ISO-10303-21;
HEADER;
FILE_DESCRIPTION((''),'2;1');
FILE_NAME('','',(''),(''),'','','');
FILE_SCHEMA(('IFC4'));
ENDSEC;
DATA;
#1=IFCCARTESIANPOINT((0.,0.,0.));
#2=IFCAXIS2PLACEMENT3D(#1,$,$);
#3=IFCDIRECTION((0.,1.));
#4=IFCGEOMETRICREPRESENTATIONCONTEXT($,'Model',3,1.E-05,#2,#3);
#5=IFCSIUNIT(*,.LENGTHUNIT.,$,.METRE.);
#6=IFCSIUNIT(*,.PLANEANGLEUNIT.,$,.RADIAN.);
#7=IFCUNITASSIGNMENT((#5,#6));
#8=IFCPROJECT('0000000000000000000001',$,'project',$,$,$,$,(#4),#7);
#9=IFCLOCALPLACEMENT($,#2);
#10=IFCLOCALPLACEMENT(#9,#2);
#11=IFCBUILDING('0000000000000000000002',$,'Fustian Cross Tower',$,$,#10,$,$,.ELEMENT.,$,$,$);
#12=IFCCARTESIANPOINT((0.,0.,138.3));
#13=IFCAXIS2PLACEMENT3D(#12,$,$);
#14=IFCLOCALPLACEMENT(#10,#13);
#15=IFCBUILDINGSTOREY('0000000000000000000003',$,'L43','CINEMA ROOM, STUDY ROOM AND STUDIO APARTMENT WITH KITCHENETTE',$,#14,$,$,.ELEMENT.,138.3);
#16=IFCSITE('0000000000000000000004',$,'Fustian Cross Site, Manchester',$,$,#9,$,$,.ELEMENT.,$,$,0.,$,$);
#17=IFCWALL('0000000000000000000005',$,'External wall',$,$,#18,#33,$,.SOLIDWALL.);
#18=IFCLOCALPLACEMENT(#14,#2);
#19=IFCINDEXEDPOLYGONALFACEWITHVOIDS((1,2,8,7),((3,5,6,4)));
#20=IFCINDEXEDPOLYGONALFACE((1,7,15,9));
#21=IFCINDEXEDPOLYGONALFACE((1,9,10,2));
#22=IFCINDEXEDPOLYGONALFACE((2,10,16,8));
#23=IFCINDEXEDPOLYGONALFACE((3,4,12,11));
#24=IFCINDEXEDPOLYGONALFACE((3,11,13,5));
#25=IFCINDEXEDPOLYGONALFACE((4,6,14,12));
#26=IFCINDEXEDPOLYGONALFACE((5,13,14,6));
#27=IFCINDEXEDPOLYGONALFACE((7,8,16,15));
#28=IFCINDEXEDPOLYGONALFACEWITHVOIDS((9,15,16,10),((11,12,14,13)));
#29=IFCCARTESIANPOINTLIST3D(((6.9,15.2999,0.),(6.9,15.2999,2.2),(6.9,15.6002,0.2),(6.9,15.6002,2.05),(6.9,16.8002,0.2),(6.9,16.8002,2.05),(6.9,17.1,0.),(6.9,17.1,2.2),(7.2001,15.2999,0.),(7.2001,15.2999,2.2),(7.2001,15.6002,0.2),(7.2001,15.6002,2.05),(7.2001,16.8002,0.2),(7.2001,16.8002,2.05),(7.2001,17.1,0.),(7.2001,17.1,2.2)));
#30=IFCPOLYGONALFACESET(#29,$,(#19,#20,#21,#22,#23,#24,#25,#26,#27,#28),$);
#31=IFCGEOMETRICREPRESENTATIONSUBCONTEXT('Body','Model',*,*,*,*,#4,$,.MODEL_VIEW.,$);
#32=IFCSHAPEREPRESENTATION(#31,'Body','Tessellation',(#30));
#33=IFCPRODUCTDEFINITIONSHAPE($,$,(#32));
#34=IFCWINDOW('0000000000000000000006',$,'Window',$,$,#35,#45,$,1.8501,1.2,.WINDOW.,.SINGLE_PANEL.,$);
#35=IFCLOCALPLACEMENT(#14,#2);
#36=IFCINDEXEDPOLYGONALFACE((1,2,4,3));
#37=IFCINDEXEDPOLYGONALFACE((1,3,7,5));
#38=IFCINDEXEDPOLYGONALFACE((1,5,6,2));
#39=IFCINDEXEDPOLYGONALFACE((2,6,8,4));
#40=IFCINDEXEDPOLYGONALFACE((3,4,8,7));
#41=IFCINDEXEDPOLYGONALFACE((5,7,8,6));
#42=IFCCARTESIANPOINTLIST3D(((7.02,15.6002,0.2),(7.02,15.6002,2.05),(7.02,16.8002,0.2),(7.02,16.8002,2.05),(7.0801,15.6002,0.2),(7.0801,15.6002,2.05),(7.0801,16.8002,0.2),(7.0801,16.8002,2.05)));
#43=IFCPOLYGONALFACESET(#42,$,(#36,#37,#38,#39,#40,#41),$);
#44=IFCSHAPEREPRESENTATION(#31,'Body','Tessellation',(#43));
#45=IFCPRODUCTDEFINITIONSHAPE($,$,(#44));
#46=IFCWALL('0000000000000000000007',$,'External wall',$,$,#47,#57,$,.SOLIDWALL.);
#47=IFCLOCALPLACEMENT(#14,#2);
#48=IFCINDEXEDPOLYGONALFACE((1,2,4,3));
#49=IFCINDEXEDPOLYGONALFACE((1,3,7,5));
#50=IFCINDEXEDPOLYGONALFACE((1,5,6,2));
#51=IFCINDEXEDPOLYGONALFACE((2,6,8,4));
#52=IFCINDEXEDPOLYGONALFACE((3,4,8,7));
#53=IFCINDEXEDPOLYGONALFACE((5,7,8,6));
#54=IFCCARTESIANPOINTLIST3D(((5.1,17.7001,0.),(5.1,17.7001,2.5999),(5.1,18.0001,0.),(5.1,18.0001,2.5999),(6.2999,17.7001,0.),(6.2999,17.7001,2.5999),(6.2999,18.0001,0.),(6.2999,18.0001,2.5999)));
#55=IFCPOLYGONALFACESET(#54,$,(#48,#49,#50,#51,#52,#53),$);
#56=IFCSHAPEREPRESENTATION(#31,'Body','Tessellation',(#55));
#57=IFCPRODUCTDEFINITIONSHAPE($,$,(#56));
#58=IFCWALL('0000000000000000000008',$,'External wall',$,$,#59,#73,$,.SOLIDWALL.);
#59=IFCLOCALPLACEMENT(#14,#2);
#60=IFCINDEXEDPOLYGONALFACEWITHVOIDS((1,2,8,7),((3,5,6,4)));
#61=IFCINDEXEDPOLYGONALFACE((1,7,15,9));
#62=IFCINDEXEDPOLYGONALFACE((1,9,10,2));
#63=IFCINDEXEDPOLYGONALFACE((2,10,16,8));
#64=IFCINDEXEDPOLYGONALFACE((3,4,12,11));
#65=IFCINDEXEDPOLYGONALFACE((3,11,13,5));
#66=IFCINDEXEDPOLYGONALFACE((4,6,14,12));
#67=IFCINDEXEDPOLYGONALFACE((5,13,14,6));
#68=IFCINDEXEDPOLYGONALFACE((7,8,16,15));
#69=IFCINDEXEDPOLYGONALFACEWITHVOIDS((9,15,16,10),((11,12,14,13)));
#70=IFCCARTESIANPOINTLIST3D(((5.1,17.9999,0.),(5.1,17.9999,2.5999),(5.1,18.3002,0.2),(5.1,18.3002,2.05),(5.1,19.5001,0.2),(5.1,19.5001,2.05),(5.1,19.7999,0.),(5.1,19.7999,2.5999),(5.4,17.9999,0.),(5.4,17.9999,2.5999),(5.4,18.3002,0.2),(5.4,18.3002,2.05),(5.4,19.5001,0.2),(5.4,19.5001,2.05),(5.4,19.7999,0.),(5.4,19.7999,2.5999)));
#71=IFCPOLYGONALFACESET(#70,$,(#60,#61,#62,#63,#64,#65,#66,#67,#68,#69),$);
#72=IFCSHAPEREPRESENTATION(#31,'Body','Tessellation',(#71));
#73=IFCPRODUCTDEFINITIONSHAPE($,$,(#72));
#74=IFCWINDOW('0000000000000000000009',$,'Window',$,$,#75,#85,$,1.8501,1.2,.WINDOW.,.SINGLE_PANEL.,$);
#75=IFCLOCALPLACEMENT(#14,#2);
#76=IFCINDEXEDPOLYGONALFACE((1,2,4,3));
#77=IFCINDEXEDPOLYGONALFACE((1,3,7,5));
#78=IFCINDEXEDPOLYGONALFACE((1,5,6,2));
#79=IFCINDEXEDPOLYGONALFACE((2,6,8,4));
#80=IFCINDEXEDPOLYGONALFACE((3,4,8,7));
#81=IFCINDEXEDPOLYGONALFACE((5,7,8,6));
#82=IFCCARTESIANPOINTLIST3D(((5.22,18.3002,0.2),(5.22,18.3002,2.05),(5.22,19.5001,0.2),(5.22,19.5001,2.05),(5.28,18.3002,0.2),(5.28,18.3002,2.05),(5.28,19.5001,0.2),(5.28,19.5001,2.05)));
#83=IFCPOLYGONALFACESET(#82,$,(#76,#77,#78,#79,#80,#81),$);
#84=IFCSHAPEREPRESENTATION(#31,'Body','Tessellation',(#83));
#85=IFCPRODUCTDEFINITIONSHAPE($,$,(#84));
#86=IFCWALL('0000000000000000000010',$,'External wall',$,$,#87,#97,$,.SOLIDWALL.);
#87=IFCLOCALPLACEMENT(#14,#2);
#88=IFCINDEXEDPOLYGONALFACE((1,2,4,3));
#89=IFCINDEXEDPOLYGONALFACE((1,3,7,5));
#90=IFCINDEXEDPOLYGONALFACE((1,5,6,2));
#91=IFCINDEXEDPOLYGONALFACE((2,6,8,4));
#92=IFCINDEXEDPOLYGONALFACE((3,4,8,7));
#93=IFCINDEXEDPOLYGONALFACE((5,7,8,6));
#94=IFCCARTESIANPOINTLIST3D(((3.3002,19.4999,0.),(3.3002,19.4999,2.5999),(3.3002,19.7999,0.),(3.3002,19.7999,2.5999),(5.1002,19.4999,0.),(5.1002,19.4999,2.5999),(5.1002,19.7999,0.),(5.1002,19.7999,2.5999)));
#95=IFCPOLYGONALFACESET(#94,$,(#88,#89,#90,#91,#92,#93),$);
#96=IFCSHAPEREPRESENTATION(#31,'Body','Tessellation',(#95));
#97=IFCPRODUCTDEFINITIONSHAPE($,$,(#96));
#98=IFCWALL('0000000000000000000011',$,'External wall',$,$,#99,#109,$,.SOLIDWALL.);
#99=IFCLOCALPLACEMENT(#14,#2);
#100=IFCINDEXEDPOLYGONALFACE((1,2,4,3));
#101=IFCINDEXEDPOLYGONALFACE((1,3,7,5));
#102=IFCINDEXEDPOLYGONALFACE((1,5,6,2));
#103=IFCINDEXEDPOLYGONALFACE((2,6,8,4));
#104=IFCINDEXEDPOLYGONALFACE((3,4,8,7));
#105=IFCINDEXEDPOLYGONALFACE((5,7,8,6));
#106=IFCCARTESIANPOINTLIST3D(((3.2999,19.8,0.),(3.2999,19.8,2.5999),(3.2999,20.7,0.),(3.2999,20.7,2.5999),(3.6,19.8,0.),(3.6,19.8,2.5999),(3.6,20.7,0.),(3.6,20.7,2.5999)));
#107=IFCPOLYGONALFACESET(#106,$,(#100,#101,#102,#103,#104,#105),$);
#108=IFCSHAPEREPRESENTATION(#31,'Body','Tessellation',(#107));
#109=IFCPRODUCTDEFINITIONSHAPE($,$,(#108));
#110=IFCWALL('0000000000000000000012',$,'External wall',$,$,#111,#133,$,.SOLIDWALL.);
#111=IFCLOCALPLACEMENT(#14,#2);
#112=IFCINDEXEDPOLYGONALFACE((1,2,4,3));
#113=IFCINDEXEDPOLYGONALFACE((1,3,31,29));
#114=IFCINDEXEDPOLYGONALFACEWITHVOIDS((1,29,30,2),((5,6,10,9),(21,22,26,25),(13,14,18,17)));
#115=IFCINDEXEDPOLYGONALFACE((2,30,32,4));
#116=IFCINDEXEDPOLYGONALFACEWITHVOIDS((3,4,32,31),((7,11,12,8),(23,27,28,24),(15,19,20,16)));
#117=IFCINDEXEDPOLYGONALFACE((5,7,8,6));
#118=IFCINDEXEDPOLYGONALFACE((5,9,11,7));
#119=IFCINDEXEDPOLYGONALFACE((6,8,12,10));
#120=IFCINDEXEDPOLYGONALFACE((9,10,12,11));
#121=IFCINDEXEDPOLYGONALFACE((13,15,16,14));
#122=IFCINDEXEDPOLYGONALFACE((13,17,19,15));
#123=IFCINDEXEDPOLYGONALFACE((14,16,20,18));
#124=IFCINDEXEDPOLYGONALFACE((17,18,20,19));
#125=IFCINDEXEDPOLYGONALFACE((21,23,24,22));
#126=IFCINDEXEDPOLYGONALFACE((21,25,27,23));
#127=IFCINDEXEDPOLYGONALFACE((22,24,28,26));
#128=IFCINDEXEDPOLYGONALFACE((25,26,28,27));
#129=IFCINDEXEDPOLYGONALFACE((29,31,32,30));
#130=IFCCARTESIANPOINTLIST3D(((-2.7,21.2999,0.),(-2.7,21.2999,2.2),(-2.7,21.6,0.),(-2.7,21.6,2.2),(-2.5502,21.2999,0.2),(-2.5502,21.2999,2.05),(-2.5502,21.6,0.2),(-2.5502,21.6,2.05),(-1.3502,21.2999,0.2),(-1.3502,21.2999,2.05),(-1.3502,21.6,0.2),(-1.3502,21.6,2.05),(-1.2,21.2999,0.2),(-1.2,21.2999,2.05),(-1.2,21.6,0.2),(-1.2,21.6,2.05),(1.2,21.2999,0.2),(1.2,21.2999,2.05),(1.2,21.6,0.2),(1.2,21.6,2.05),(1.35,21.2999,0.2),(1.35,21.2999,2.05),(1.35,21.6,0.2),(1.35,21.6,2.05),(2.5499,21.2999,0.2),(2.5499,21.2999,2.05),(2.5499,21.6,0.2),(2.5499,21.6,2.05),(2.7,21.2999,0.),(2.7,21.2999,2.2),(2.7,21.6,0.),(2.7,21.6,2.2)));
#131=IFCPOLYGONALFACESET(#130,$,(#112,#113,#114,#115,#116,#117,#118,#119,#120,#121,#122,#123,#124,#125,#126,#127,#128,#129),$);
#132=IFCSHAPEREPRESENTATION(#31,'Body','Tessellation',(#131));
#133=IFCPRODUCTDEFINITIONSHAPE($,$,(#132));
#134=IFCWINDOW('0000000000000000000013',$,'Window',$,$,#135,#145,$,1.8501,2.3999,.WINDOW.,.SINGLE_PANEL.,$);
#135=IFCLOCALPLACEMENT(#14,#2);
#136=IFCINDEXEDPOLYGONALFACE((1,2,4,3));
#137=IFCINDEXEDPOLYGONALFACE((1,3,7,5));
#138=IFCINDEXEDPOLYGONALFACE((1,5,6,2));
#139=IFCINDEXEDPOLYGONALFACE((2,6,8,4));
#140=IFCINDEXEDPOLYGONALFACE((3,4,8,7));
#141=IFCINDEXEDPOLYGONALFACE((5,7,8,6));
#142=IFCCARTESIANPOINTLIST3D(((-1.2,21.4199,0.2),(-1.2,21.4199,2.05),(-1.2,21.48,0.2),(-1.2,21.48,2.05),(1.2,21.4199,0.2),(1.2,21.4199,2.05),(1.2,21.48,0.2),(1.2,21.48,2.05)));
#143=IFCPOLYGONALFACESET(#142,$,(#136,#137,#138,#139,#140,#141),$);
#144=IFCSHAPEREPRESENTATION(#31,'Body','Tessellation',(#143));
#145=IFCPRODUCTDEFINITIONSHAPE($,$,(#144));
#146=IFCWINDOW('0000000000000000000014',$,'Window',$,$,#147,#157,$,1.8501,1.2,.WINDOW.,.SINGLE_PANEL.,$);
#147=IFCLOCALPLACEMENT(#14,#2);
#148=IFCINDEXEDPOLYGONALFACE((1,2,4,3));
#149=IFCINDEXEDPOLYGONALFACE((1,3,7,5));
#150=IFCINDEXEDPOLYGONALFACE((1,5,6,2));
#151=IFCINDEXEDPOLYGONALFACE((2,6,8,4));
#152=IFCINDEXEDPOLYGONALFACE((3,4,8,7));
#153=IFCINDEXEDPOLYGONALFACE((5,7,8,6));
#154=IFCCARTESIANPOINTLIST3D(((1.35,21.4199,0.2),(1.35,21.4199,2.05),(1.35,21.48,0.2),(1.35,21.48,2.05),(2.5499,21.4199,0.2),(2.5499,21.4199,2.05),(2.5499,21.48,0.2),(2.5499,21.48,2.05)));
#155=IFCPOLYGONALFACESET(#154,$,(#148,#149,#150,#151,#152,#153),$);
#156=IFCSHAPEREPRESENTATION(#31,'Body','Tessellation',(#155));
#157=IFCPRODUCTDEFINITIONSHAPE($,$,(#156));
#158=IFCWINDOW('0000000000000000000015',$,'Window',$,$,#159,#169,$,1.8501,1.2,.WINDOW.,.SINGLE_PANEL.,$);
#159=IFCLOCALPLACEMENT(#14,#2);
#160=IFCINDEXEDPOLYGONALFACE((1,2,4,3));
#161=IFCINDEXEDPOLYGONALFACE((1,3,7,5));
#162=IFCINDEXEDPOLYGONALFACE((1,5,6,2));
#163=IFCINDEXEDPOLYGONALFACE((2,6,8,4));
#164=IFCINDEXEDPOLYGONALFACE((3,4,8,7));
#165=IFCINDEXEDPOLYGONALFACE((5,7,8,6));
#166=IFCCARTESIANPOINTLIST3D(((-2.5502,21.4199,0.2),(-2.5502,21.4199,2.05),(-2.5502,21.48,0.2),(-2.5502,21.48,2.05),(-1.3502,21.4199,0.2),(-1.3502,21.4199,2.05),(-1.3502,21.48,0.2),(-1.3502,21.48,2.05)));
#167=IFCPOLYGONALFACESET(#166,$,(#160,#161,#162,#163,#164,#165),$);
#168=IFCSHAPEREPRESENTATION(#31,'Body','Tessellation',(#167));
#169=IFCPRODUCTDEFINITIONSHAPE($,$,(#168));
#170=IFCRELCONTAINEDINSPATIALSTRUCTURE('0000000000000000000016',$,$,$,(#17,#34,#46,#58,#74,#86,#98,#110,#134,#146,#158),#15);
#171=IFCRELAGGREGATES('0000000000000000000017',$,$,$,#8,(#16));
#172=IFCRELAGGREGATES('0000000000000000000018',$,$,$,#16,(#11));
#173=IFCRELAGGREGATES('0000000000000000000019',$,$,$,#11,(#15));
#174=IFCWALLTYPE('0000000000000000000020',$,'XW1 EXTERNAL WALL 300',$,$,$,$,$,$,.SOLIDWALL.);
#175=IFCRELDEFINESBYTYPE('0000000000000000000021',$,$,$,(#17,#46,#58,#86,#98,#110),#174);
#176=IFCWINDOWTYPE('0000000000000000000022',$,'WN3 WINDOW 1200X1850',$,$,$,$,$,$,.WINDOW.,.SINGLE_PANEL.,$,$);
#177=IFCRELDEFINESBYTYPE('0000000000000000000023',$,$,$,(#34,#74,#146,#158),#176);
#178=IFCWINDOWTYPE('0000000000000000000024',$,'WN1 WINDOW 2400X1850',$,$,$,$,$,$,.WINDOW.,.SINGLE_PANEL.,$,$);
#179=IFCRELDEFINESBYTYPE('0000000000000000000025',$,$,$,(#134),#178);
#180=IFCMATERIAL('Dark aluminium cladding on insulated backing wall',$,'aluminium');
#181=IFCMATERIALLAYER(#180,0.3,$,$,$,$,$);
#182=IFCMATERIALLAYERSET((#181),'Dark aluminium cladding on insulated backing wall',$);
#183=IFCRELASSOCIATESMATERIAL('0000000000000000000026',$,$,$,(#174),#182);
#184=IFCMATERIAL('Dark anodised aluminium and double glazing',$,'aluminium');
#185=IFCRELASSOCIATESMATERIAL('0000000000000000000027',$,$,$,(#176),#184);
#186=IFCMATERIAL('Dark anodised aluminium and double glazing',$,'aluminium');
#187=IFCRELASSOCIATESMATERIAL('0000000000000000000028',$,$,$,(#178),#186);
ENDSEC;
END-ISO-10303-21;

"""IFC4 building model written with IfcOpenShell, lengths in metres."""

from ifc_helpers import new_model, si_unit, direction, frame, frame_2d, origin, place, context, subcontext, project, spatial, rectangle, extrude, material, layer, layer_set, type_object, element, fill, save


model = new_model("IFC4")

# Units and contexts
model_context = context("Model", 3, precision=1e-05, world=origin(), true_north=direction((0.0, 1.0)))
body_context = subcontext(model_context, "Body", "Model", "MODEL_VIEW")
ifc_project = project(units=[si_unit("LENGTHUNIT", "METRE"), si_unit("PLANEANGLEUNIT", "RADIAN")], contexts=[model_context])

# Site, building, storey
site_placement = place(None, origin())
site = spatial("IfcSite", under=ifc_project, at=site_placement, Name="Fustian Cross Site, Manchester", CompositionType="ELEMENT", RefElevation=0.0)
building_placement = place(site_placement, origin())
building = spatial("IfcBuilding", under=site, at=building_placement, Name="Fustian Cross Tower", CompositionType="ELEMENT")
storey_placement = place(building_placement, frame((0.0, 0.0, 138.3)))
storey = spatial("IfcBuildingStorey", under=building, at=storey_placement, Name="L43", Description="CINEMA ROOM, STUDY ROOM AND STUDIO APARTMENT WITH KITCHENETTE", CompositionType="ELEMENT", Elevation=138.3)

# Shared definitions
ifc_material_1 = material(Name="Dark aluminium cladding on insulated backing wall", Category="aluminium")
ifc_layer_1 = layer(ifc_material_1, 0.3)
ifc_layer_set_1 = layer_set([ifc_layer_1], Name="Dark aluminium cladding on insulated backing wall")
wall_type_1 = type_object("IfcWallType", Name="XW1 EXTERNAL WALL 300", PredefinedType="SOLIDWALL", material=ifc_layer_set_1)

# Wall, opening, window
wall_1_placement = place(storey_placement, frame((7.05, 15.3, 0.0), z_axis=(0.0, 0.0, 1.0), x_axis=(0.0, 1.0, 0.0)))
wall_1 = element("IfcWall", 1, at=wall_1_placement, inside=storey, type_object=wall_type_1, Name="External wall", PredefinedType="SOLIDWALL", context=body_context, shape_type="SweptSolid", body=[
    extrude(rectangle(XDim=1.8, YDim=0.3, at=frame_2d((0.8999, 0.0))), origin(), (0.0, 0.0, 1.0), 2.2),
])
opening_1_placement = place(wall_1_placement, frame((0.3, 0.0, 0.2)))
opening_1 = element("IfcOpeningElement", 2, at=opening_1_placement, cuts=wall_1, PredefinedType="OPENING", context=body_context, shape_type="SweptSolid", body=[
    extrude(rectangle(XDim=1.2, YDim=1.8501, at=frame_2d((0.6001, 0.925))), frame((0.0, 0.1599, 0.0), z_axis=(0.0, -1.0, 0.0), x_axis=(1.0, 0.0, 0.0)), (0.0, 0.0, 1.0), 0.3201),
])
ifc_material_2 = material(Name="Dark anodised aluminium and double glazing", Category="aluminium")
window_type_1 = type_object("IfcWindowType", Name="WN3 WINDOW 1200X1850", PartitioningType="SINGLE_PANEL", PredefinedType="WINDOW", material=ifc_material_2)
window_1_placement = place(opening_1_placement, origin())
window_1 = element("IfcWindow", 3, at=window_1_placement, inside=storey, type_object=window_type_1, Name="Window", OverallHeight=1.8501, OverallWidth=1.2, PartitioningType="SINGLE_PANEL", PredefinedType="WINDOW", context=body_context, shape_type="SweptSolid", body=[
    extrude(rectangle(XDim=1.2, YDim=1.8501, at=frame_2d((0.6001, 0.925))), frame((0.0, 0.03, 0.0), z_axis=(0.0, -1.0, 0.0), x_axis=(1.0, 0.0, 0.0)), (0.0, 0.0, 1.0), 0.0601),
])
fill(opening_1, window_1)

# Wall
wall_2_placement = place(storey_placement, frame((6.3, 17.8501, 0.0), z_axis=(0.0, 0.0, 1.0), x_axis=(-1.0, 0.0, 0.0)))
element("IfcWall", 4, at=wall_2_placement, inside=storey, type_object=wall_type_1, Name="External wall", PredefinedType="SOLIDWALL", context=body_context, shape_type="SweptSolid", body=[
    extrude(rectangle(XDim=1.2, YDim=0.3, at=frame_2d((0.6001, 0.0))), origin(), (0.0, 0.0, 1.0), 2.5999),
])

# Wall, opening, window
wall_3_placement = place(storey_placement, frame((5.25, 18.0, 0.0), z_axis=(0.0, 0.0, 1.0), x_axis=(0.0, 1.0, 0.0)))
wall_3 = element("IfcWall", 5, at=wall_3_placement, inside=storey, type_object=wall_type_1, Name="External wall", PredefinedType="SOLIDWALL", context=body_context, shape_type="SweptSolid", body=[
    extrude(rectangle(XDim=1.8, YDim=0.3, at=frame_2d((0.8999, 0.0))), origin(), (0.0, 0.0, 1.0), 2.5999),
])
opening_2_placement = place(wall_3_placement, frame((0.3, 0.0, 0.2)))
opening_2 = element("IfcOpeningElement", 6, at=opening_2_placement, cuts=wall_3, PredefinedType="OPENING", context=body_context, shape_type="SweptSolid", body=[
    extrude(rectangle(XDim=1.2, YDim=1.8501, at=frame_2d((0.6001, 0.925))), frame((0.0, 0.1599, 0.0), z_axis=(0.0, -1.0, 0.0), x_axis=(1.0, 0.0, 0.0)), (0.0, 0.0, 1.0), 0.3201),
])
window_2_placement = place(opening_2_placement, origin())
window_2 = element("IfcWindow", 7, at=window_2_placement, inside=storey, type_object=window_type_1, Name="Window", OverallHeight=1.8501, OverallWidth=1.2, PartitioningType="SINGLE_PANEL", PredefinedType="WINDOW", context=body_context, shape_type="SweptSolid", body=[
    extrude(rectangle(XDim=1.2, YDim=1.8501, at=frame_2d((0.6001, 0.925))), frame((0.0, 0.03, 0.0), z_axis=(0.0, -1.0, 0.0), x_axis=(1.0, 0.0, 0.0)), (0.0, 0.0, 1.0), 0.0601),
])
fill(opening_2, window_2)

# Walls
wall_4_placement = place(storey_placement, frame((5.1001, 19.6499, 0.0), z_axis=(0.0, 0.0, 1.0), x_axis=(-1.0, 0.0, 0.0)))
element("IfcWall", 8, at=wall_4_placement, inside=storey, type_object=wall_type_1, Name="External wall", PredefinedType="SOLIDWALL", context=body_context, shape_type="SweptSolid", body=[
    extrude(rectangle(XDim=1.8, YDim=0.3, at=frame_2d((0.8999, 0.0))), origin(), (0.0, 0.0, 1.0), 2.5999),
])
wall_5_placement = place(storey_placement, frame((3.45, 19.8, 0.0), z_axis=(0.0, 0.0, 1.0), x_axis=(0.0, 1.0, 0.0)))
element("IfcWall", 9, at=wall_5_placement, inside=storey, type_object=wall_type_1, Name="External wall", PredefinedType="SOLIDWALL", context=body_context, shape_type="SweptSolid", body=[
    extrude(rectangle(XDim=0.8999, YDim=0.3, at=frame_2d((0.45, 0.0))), origin(), (0.0, 0.0, 1.0), 2.5999),
])

# Wall, openings, windows
wall_6_placement = place(storey_placement, frame((2.7, 21.45, 0.0), z_axis=(0.0, 0.0, 1.0), x_axis=(-1.0, 0.0, 0.0)))
wall_6 = element("IfcWall", 10, at=wall_6_placement, inside=storey, type_object=wall_type_1, Name="External wall", PredefinedType="SOLIDWALL", context=body_context, shape_type="SweptSolid", body=[
    extrude(rectangle(XDim=5.3999, YDim=0.3, at=frame_2d((2.7, 0.0))), origin(), (0.0, 0.0, 1.0), 2.2),
])
opening_3_placement = place(wall_6_placement, frame((1.5, 0.0, 0.2)))
opening_3 = element("IfcOpeningElement", 11, at=opening_3_placement, cuts=wall_6, PredefinedType="OPENING", context=body_context, shape_type="SweptSolid", body=[
    extrude(rectangle(XDim=2.3999, YDim=1.8501, at=frame_2d((1.2, 0.925))), frame((0.0, 0.1599, 0.0), z_axis=(0.0, -1.0, 0.0), x_axis=(1.0, 0.0, 0.0)), (0.0, 0.0, 1.0), 0.3201),
])
opening_4_placement = place(wall_6_placement, frame((0.1499, 0.0, 0.2)))
opening_4 = element("IfcOpeningElement", 12, at=opening_4_placement, cuts=wall_6, PredefinedType="OPENING", context=body_context, shape_type="SweptSolid", body=[
    extrude(rectangle(XDim=1.2, YDim=1.8501, at=frame_2d((0.6001, 0.925))), frame((0.0, 0.1599, 0.0), z_axis=(0.0, -1.0, 0.0), x_axis=(1.0, 0.0, 0.0)), (0.0, 0.0, 1.0), 0.3201),
])
opening_5_placement = place(wall_6_placement, frame((4.05, 0.0, 0.2)))
opening_5 = element("IfcOpeningElement", 13, at=opening_5_placement, cuts=wall_6, PredefinedType="OPENING", context=body_context, shape_type="SweptSolid", body=[
    extrude(rectangle(XDim=1.2, YDim=1.8501, at=frame_2d((0.6001, 0.925))), frame((0.0, 0.1599, 0.0), z_axis=(0.0, -1.0, 0.0), x_axis=(1.0, 0.0, 0.0)), (0.0, 0.0, 1.0), 0.3201),
])
ifc_material_3 = material(Name="Dark anodised aluminium and double glazing", Category="aluminium")
window_type_2 = type_object("IfcWindowType", Name="WN1 WINDOW 2400X1850", PartitioningType="SINGLE_PANEL", PredefinedType="WINDOW", material=ifc_material_3)
window_3_placement = place(opening_3_placement, origin())
window_3 = element("IfcWindow", 14, at=window_3_placement, inside=storey, type_object=window_type_2, Name="Window", OverallHeight=1.8501, OverallWidth=2.3999, PartitioningType="SINGLE_PANEL", PredefinedType="WINDOW", context=body_context, shape_type="SweptSolid", body=[
    extrude(rectangle(XDim=2.3999, YDim=1.8501, at=frame_2d((1.2, 0.925))), frame((0.0, 0.03, 0.0), z_axis=(0.0, -1.0, 0.0), x_axis=(1.0, 0.0, 0.0)), (0.0, 0.0, 1.0), 0.0601),
])
fill(opening_3, window_3)
window_4_placement = place(opening_4_placement, origin())
window_4 = element("IfcWindow", 15, at=window_4_placement, inside=storey, type_object=window_type_1, Name="Window", OverallHeight=1.8501, OverallWidth=1.2, PartitioningType="SINGLE_PANEL", PredefinedType="WINDOW", context=body_context, shape_type="SweptSolid", body=[
    extrude(rectangle(XDim=1.2, YDim=1.8501, at=frame_2d((0.6001, 0.925))), frame((0.0, 0.03, 0.0), z_axis=(0.0, -1.0, 0.0), x_axis=(1.0, 0.0, 0.0)), (0.0, 0.0, 1.0), 0.0601),
])
fill(opening_4, window_4)
window_5_placement = place(opening_5_placement, origin())
window_5 = element("IfcWindow", 16, at=window_5_placement, inside=storey, type_object=window_type_1, Name="Window", OverallHeight=1.8501, OverallWidth=1.2, PartitioningType="SINGLE_PANEL", PredefinedType="WINDOW", context=body_context, shape_type="SweptSolid", body=[
    extrude(rectangle(XDim=1.2, YDim=1.8501, at=frame_2d((0.6001, 0.925))), frame((0.0, 0.03, 0.0), z_axis=(0.0, -1.0, 0.0), x_axis=(1.0, 0.0, 0.0)), (0.0, 0.0, 1.0), 0.0601),
])
fill(opening_5, window_5)

save(model, "model.ifc")
